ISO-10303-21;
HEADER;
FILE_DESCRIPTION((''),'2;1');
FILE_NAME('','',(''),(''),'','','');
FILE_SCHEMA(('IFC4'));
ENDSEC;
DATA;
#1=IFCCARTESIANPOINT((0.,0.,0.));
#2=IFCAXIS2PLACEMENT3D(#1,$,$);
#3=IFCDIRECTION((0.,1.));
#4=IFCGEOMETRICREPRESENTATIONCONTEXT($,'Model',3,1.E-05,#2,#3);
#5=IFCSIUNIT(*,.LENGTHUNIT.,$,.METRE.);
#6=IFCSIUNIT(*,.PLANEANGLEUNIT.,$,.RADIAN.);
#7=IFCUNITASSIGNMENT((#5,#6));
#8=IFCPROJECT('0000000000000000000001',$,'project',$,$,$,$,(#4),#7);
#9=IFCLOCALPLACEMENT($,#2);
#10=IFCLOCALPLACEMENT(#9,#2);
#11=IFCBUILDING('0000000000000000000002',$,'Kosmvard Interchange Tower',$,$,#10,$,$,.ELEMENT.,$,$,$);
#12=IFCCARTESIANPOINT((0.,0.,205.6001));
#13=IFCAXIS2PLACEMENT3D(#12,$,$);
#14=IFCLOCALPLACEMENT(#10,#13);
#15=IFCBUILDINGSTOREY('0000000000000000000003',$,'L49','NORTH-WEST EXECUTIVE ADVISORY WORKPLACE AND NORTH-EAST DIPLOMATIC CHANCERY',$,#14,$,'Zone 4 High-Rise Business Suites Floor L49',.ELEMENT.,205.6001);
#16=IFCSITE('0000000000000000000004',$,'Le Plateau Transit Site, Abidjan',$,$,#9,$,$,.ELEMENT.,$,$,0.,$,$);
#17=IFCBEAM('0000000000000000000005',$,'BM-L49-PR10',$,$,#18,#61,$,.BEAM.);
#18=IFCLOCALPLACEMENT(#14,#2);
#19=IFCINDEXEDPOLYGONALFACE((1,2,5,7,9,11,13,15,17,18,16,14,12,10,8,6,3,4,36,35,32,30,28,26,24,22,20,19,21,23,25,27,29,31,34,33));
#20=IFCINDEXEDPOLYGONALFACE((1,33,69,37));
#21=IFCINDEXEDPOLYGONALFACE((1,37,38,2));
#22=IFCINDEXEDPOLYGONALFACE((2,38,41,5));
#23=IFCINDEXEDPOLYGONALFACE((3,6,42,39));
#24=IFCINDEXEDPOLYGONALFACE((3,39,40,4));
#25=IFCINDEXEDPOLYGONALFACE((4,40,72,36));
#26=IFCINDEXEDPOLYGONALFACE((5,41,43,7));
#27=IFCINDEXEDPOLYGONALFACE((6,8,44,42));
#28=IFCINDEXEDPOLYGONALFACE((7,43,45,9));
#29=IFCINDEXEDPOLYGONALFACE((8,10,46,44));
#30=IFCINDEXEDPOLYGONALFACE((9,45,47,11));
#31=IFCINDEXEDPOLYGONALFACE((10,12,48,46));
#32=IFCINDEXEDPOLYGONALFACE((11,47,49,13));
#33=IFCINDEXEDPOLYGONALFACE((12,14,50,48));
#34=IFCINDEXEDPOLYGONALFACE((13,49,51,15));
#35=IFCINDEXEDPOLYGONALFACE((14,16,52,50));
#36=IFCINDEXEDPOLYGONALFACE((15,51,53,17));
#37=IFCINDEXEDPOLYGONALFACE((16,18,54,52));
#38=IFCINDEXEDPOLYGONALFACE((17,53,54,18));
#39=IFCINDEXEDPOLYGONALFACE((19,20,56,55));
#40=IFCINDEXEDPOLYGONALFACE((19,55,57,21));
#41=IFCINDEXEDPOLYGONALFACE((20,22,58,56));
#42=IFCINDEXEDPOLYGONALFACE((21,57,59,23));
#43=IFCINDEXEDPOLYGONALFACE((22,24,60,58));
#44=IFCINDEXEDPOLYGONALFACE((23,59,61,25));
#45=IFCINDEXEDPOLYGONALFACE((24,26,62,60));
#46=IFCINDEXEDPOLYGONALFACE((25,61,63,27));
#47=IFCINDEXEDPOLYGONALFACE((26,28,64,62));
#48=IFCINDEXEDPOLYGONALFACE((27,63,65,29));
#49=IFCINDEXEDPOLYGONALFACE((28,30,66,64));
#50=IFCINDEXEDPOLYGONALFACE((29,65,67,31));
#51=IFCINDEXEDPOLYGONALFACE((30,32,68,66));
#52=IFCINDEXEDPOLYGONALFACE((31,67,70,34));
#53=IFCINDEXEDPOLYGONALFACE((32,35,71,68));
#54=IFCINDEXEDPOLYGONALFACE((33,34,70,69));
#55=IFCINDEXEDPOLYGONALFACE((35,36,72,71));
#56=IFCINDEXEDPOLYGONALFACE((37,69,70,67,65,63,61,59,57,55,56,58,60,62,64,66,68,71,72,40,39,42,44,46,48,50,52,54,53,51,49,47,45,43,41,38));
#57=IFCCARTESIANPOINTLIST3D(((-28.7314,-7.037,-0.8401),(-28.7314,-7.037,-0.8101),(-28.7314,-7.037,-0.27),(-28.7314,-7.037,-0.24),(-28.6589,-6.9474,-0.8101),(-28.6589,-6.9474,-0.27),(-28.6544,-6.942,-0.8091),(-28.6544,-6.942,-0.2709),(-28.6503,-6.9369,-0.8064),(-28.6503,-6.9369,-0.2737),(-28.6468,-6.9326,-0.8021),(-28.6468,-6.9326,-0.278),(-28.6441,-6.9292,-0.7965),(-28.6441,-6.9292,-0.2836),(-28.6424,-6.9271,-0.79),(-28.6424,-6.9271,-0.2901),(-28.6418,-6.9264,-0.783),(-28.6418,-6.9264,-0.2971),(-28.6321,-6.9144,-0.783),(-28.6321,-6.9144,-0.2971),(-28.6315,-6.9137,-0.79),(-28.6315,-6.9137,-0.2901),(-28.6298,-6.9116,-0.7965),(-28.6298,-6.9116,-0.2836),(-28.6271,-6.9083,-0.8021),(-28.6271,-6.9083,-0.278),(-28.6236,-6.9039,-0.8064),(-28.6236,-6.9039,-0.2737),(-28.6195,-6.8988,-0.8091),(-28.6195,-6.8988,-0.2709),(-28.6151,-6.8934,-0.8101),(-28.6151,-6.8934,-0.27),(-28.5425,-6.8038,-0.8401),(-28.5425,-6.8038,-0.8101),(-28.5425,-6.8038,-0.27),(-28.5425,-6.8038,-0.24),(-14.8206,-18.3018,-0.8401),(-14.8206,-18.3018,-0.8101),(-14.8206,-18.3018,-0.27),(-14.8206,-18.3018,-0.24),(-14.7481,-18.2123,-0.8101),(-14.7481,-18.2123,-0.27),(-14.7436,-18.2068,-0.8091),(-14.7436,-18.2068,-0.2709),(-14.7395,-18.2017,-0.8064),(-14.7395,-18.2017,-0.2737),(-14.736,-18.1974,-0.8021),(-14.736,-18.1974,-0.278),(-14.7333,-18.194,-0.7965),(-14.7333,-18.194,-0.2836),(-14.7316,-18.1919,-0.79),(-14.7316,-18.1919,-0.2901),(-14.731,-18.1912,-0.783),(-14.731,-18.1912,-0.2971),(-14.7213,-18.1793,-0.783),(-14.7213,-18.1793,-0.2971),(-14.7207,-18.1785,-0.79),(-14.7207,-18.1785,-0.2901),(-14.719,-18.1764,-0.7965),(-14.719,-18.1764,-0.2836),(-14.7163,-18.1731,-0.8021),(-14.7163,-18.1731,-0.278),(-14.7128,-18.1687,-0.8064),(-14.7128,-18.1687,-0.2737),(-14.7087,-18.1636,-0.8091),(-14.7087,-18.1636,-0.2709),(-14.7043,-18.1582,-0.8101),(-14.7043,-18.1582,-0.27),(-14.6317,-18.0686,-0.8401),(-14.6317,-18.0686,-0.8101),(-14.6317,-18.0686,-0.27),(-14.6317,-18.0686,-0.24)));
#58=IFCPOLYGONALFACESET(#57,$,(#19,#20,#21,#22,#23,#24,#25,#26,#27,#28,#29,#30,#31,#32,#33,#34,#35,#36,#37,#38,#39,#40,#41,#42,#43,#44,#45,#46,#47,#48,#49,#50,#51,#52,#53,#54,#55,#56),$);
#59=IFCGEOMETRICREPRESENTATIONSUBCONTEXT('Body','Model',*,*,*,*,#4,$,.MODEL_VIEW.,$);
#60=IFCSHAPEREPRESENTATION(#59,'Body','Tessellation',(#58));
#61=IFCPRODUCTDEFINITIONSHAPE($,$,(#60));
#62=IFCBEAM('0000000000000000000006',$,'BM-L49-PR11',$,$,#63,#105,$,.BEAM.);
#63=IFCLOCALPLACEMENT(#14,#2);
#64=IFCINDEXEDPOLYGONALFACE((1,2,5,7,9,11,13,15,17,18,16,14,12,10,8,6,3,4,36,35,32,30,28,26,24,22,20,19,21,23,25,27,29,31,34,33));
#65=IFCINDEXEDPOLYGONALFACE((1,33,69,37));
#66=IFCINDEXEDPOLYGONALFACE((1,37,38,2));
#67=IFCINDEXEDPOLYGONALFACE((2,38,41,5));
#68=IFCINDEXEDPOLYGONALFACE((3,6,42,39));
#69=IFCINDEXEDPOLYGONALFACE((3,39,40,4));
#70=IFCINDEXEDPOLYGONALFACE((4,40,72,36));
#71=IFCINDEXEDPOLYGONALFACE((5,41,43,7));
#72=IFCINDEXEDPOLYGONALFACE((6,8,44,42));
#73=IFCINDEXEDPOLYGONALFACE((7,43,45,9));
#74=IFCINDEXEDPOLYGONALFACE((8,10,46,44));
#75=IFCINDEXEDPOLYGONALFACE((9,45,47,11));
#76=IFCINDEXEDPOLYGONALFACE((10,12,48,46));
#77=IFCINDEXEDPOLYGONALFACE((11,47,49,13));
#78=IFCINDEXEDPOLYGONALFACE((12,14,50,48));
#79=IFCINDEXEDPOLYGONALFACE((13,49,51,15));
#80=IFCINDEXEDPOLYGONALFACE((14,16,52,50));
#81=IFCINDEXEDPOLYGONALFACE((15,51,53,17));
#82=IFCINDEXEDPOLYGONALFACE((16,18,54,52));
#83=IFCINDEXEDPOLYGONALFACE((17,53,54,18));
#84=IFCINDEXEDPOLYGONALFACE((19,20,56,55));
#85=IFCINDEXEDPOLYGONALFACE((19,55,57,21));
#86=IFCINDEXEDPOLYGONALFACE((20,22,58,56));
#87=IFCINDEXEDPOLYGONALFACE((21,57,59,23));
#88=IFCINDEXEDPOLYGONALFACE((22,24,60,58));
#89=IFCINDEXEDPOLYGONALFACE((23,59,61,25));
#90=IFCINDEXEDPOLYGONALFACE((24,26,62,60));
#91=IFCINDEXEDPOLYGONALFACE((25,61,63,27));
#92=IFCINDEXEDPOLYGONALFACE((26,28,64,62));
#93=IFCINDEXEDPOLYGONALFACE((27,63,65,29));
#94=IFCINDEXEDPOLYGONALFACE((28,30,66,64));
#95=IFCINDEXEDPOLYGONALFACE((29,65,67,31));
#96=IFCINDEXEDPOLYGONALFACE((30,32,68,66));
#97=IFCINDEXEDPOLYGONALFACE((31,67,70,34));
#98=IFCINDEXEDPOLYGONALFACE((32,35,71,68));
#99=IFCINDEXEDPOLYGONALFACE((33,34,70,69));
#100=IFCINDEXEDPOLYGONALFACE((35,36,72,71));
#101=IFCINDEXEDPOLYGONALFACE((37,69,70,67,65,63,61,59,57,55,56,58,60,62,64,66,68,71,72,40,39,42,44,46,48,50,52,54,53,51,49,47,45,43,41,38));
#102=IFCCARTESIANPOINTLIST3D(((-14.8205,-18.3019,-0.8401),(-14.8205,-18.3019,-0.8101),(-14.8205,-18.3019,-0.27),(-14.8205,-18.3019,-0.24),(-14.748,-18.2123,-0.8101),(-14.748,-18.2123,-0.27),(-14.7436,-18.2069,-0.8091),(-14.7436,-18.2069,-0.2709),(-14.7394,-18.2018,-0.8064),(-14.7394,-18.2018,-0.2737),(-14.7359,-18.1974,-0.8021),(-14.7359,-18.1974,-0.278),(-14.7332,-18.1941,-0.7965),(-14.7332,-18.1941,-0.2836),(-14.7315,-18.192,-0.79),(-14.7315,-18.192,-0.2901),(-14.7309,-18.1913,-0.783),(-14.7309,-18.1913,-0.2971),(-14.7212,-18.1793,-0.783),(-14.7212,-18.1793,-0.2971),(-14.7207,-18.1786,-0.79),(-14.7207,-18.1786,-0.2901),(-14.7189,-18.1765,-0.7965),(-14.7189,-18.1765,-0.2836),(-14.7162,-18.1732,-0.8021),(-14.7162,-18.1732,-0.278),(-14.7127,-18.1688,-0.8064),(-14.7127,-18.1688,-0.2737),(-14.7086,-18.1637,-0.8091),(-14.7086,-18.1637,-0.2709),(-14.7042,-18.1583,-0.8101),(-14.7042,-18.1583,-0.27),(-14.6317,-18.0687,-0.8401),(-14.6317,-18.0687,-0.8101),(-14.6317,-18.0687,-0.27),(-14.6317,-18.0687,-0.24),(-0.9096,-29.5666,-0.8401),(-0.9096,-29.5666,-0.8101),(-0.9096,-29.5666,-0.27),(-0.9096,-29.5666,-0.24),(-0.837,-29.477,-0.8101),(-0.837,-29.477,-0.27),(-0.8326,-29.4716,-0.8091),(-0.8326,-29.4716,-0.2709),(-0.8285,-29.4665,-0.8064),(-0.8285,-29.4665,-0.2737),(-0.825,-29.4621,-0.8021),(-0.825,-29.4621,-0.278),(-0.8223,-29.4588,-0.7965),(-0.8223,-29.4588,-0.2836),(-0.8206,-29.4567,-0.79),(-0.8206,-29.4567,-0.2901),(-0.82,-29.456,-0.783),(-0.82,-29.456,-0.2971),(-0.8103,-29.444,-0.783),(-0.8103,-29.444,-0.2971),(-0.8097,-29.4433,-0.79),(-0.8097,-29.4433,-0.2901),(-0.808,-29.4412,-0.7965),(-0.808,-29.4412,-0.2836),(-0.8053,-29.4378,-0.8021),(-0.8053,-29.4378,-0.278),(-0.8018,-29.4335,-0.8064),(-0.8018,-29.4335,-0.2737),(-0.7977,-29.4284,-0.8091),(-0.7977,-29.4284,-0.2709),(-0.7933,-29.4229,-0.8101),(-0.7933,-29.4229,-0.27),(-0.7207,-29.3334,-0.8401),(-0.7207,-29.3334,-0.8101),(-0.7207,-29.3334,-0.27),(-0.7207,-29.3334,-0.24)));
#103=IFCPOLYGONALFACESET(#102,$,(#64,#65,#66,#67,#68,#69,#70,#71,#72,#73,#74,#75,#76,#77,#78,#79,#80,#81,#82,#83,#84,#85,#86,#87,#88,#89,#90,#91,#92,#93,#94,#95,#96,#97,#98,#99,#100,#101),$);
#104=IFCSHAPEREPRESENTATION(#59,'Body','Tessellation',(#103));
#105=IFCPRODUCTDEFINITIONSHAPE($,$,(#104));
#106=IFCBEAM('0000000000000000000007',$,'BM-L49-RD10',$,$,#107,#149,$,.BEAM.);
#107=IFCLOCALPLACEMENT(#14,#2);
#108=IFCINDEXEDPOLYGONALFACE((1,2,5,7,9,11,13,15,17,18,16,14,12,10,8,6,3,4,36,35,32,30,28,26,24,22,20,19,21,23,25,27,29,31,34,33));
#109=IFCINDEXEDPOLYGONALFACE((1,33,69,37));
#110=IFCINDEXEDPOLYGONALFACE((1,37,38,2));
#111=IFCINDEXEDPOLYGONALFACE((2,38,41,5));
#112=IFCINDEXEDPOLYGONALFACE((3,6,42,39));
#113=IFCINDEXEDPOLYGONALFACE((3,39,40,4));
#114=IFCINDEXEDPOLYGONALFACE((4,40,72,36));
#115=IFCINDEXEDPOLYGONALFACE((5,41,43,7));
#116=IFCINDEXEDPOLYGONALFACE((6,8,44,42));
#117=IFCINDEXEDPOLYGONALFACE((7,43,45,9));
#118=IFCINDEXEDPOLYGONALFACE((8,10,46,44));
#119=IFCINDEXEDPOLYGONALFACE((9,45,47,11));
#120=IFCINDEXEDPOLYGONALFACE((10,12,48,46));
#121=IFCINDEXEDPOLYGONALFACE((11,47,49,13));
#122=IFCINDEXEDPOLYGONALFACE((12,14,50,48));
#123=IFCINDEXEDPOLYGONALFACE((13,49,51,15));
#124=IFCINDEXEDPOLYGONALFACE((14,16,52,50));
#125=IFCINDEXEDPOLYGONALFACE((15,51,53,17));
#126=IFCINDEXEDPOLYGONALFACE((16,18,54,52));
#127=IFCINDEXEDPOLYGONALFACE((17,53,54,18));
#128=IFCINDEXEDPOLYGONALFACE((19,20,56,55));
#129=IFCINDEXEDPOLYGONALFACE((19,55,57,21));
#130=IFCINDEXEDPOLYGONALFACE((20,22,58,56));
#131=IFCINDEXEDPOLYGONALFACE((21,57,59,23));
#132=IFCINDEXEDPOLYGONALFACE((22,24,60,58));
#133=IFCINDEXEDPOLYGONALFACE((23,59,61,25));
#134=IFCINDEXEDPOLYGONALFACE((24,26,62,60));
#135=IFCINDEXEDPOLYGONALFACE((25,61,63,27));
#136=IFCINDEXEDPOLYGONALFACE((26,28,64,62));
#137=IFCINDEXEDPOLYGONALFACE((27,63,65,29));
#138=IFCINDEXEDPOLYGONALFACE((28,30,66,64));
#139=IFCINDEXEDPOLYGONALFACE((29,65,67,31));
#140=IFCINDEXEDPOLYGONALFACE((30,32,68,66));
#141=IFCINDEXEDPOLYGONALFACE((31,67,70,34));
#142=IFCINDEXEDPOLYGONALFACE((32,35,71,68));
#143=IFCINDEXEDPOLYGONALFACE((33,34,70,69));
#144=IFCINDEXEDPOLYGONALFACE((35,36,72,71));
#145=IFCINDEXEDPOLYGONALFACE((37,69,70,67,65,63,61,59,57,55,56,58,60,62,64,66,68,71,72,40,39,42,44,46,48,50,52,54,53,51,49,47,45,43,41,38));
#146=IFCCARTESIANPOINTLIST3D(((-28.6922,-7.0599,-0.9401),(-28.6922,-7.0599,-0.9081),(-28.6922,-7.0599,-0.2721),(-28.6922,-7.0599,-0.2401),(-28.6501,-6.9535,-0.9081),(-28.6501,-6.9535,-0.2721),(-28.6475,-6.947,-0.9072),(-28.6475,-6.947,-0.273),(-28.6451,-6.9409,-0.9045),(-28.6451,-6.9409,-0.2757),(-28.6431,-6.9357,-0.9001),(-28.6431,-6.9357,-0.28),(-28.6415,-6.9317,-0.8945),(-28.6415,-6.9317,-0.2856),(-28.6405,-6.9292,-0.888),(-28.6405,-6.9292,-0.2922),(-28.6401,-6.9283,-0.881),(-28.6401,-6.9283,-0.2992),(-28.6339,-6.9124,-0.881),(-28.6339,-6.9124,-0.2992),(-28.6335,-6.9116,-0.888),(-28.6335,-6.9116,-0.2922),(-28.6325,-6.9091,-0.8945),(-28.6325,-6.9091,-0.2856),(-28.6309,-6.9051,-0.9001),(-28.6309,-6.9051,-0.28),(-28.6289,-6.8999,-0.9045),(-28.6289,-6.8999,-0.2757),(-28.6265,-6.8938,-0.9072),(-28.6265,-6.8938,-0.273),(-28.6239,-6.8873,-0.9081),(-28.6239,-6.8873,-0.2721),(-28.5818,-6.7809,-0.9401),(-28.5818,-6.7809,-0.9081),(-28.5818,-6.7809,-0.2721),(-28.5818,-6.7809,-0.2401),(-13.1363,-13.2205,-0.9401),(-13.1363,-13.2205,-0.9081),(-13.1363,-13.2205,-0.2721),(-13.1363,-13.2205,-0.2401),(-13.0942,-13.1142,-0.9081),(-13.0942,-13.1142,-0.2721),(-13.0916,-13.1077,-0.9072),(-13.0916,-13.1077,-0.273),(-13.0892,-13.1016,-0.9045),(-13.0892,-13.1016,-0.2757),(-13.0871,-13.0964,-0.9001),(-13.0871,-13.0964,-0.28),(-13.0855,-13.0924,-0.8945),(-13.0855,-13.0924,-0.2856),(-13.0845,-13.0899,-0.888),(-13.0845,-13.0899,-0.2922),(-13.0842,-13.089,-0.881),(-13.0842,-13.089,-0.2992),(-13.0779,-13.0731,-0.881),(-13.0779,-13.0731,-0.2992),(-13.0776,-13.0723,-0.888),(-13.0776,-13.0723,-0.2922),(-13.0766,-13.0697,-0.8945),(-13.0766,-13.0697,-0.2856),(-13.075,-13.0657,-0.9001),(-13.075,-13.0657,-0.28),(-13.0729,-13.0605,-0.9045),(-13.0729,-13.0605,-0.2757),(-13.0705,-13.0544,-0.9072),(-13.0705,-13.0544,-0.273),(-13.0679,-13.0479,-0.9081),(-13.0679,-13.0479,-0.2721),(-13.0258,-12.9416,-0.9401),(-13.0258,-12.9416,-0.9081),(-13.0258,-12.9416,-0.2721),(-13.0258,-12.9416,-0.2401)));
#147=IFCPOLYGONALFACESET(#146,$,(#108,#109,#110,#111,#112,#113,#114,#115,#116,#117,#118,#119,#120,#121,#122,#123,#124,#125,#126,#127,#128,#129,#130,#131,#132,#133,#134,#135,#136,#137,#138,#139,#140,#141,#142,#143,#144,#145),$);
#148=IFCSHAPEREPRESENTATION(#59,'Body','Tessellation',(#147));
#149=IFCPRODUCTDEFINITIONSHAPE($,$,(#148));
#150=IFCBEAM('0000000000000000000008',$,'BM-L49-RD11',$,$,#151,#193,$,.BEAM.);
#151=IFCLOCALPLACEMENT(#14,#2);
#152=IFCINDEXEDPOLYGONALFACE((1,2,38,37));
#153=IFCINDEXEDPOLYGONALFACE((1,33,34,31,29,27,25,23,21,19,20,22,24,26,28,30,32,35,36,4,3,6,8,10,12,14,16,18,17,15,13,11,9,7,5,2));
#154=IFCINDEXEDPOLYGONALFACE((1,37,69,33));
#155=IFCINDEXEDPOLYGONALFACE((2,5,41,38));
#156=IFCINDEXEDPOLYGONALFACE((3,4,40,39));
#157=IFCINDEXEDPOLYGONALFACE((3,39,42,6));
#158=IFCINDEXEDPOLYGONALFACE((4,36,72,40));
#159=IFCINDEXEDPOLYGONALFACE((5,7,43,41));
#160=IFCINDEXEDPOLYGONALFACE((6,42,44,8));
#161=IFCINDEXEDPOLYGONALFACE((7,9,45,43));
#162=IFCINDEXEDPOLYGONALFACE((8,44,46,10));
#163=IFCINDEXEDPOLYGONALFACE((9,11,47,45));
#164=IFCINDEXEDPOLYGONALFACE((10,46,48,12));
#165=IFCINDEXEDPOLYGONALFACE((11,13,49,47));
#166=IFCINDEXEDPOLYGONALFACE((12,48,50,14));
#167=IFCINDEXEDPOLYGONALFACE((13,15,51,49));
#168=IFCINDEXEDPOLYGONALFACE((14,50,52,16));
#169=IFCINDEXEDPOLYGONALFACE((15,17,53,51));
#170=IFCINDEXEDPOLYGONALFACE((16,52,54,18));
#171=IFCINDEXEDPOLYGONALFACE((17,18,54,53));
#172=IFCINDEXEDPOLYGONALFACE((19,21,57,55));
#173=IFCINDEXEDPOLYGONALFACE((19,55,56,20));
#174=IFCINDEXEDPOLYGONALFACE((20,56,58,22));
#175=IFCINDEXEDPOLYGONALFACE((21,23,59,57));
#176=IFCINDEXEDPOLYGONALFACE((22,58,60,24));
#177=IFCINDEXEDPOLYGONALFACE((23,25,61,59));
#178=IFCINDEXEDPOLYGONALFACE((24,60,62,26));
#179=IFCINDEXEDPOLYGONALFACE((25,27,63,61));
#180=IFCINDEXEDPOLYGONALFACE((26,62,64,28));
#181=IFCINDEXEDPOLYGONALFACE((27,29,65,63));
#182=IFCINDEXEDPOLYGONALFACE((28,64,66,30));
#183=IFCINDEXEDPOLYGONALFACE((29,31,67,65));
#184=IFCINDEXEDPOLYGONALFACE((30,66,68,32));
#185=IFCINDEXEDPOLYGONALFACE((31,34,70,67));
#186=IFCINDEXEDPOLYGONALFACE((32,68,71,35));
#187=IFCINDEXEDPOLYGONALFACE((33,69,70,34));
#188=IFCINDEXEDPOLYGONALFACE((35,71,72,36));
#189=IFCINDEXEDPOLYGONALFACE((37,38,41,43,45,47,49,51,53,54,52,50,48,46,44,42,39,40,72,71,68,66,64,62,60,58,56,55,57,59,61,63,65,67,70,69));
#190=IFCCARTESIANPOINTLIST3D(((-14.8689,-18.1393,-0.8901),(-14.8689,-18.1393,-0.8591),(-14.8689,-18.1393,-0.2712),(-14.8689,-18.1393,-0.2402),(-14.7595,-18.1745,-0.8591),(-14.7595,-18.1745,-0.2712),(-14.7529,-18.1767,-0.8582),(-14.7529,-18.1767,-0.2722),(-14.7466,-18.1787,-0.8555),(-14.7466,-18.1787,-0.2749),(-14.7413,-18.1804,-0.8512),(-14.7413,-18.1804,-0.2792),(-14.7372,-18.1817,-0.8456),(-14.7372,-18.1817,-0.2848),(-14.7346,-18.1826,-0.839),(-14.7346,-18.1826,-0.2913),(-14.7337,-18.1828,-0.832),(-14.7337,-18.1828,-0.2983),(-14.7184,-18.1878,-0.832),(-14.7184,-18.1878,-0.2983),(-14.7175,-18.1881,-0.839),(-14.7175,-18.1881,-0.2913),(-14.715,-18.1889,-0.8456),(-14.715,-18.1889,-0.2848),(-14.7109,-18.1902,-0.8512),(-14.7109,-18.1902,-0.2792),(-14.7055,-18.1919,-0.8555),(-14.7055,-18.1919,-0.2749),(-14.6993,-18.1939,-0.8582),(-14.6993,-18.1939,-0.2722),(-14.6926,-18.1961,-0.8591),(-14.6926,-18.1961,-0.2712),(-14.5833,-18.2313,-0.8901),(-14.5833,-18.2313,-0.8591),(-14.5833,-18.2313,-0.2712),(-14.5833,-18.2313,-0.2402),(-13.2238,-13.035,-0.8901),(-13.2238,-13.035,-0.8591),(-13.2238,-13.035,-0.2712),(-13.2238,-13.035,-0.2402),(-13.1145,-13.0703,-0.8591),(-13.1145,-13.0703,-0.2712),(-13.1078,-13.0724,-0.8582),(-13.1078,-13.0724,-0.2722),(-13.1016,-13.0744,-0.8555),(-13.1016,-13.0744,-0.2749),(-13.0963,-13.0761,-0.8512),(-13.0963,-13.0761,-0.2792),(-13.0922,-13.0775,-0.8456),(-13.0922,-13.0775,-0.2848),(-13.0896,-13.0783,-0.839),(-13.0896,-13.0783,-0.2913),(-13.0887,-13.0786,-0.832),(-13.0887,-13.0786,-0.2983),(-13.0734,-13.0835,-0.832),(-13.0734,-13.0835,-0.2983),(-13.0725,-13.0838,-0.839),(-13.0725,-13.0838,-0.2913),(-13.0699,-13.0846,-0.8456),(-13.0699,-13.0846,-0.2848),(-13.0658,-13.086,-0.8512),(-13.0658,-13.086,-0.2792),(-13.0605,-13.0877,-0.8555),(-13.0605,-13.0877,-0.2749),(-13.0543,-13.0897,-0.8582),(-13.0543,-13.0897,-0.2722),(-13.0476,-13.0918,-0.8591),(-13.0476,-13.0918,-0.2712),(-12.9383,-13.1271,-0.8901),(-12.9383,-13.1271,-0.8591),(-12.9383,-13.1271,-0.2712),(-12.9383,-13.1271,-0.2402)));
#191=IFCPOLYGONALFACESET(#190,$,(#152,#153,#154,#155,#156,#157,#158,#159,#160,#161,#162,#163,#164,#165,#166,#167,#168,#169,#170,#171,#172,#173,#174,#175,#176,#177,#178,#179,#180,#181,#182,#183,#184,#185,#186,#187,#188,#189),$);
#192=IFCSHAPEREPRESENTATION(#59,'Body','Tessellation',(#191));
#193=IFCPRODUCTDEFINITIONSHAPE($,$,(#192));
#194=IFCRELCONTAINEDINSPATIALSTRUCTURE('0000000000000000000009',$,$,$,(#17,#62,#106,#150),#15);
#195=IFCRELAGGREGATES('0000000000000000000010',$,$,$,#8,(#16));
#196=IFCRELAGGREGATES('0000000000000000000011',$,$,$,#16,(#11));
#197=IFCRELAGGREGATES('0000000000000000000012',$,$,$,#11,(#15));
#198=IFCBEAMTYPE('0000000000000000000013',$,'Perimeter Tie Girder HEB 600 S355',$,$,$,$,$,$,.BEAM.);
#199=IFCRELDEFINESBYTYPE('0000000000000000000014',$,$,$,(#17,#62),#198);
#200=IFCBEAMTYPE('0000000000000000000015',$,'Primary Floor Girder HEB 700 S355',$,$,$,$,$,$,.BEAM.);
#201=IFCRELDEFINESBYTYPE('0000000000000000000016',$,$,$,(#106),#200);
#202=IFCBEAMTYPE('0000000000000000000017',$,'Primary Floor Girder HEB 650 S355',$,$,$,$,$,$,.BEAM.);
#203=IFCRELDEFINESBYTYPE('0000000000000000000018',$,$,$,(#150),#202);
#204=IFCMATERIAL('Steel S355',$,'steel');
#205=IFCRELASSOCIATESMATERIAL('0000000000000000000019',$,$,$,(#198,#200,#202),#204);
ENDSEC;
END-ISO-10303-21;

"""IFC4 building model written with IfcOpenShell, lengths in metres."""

from ifc_helpers import new_model, si_unit, direction, frame, origin, origin_2d, place, context, subcontext, project, spatial, i_section, extrude, source, transform, mapped, material, material_profile, profile_set, type_object, element, save


model = new_model("IFC4")

# Units and contexts
model_context = context("Model", 3, precision=1e-05, world=origin(), true_north=direction((0.0, 1.0)))
body_context = subcontext(model_context, "Body", "Model", "MODEL_VIEW")
ifc_project = project(units=[si_unit("LENGTHUNIT", "METRE"), si_unit("PLANEANGLEUNIT", "RADIAN")], contexts=[model_context])

# Site, building, storey
site_placement = place(None, origin())
site = spatial("IfcSite", under=ifc_project, at=site_placement, Name="Le Plateau Transit Site, Abidjan", CompositionType="ELEMENT", RefElevation=0.0)
building_placement = place(site_placement, origin())
building = spatial("IfcBuilding", under=site, at=building_placement, Name="Kosmvard Interchange Tower", CompositionType="ELEMENT")
storey_placement = place(building_placement, frame((0.0, 0.0, 205.6001)))
storey = spatial("IfcBuildingStorey", under=building, at=storey_placement, Name="L49", Description="NORTH-WEST EXECUTIVE ADVISORY WORKPLACE AND NORTH-EAST DIPLOMATIC CHANCERY", LongName="Zone 4 High-Rise Business Suites Floor L49", CompositionType="ELEMENT", Elevation=205.6001)

# Beams
ifc_material_1 = material(Name="Steel S355", Category="steel")
ifc_material_profile_1 = material_profile(ifc_material_1, i_section(OverallWidth=0.3, OverallDepth=0.6001, WebThickness=0.0154, FlangeThickness=0.03, FilletRadius=0.0271, at=origin_2d()), Name="HEB 600")
ifc_profile_set_1 = profile_set([ifc_material_profile_1], Name="Steel S355")
beam_type_1 = type_object("IfcBeamType", Name="Perimeter Tie Girder HEB 600 S355", PredefinedType="BEAM", material=ifc_profile_set_1)
shared_shape_1 = source(origin(), body_context, "Body", "SweptSolid", [
    extrude(i_section(OverallWidth=0.3, OverallDepth=0.6001, WebThickness=0.0154, FlangeThickness=0.03, FilletRadius=0.0271, at=origin_2d()), origin(), (0.0, 0.0, 1.0), 17.8999),
])
for number, where, z_axis, x_axis, name in (
    (1, (-28.637, -6.9204, -0.54), (0.777144, -0.629323, 0.0), (0.629323, 0.777144, 0.0), "BM-L49-PR10"),
    (2, (-14.7261, -18.1853, -0.54), (0.777151, -0.629315, 0.0), (0.629315, 0.777151, 0.0), "BM-L49-PR11"),
):
    element("IfcBeam", number, at=place(storey_placement, frame(where, z_axis=z_axis, x_axis=x_axis)), inside=storey, type_object=beam_type_1, Name=name, PredefinedType="BEAM", context=body_context, shape_type="MappedRepresentation", body=[
        mapped(shared_shape_1, transform((0.0, 0.0, 0.0), scale=1.0)),
    ])
ifc_material_profile_2 = material_profile(ifc_material_1, i_section(OverallWidth=0.3, OverallDepth=0.7, WebThickness=0.0171, FlangeThickness=0.032, FilletRadius=0.0271, at=origin_2d()), Name="HEB 700")
ifc_profile_set_2 = profile_set([ifc_material_profile_2], Name="Steel S355")
beam_type_2 = type_object("IfcBeamType", Name="Primary Floor Girder HEB 700 S355", PredefinedType="BEAM", material=ifc_profile_set_2)
shared_shape_2 = source(origin(), body_context, "Body", "SweptSolid", [
    extrude(i_section(OverallWidth=0.3, OverallDepth=0.7, WebThickness=0.0171, FlangeThickness=0.032, FilletRadius=0.0271, at=origin_2d()), origin(), (0.0, 0.0, 1.0), 16.7314),
])
beam_1_placement = place(storey_placement, frame((-13.0811, -13.0811, -0.5901), z_axis=(-0.929743, 0.368209, 0.0), x_axis=(-0.368209, -0.929743, 0.0)))
element("IfcBeam", 3, at=beam_1_placement, inside=storey, type_object=beam_type_2, Name="BM-L49-RD10", PredefinedType="BEAM", context=body_context, shape_type="MappedRepresentation", body=[
    mapped(shared_shape_2, transform((0.0, 0.0, 0.0), scale=1.0)),
])
ifc_material_profile_3 = material_profile(ifc_material_1, i_section(OverallWidth=0.3, OverallDepth=0.6499, WebThickness=0.0161, FlangeThickness=0.031, FilletRadius=0.0271, at=origin_2d()), Name="HEB 650")
ifc_profile_set_3 = profile_set([ifc_material_profile_3], Name="Steel S355")
beam_type_3 = type_object("IfcBeamType", Name="Primary Floor Girder HEB 650 S355", PredefinedType="BEAM", material=ifc_profile_set_3)
shared_shape_3 = source(origin(), body_context, "Body", "SweptSolid", [
    extrude(i_section(OverallWidth=0.3, OverallDepth=0.6499, WebThickness=0.0161, FlangeThickness=0.031, FilletRadius=0.0271, at=origin_2d()), origin(), (0.0, 0.0, 1.0), 5.3628),
])
beam_2_placement = place(storey_placement, frame((-13.0811, -13.0811, -0.5652), z_axis=(-0.306747, -0.951791, 0.0), x_axis=(0.951791, -0.306747, 0.0)))
element("IfcBeam", 4, at=beam_2_placement, inside=storey, type_object=beam_type_3, Name="BM-L49-RD11", PredefinedType="BEAM", context=body_context, shape_type="MappedRepresentation", body=[
    mapped(shared_shape_3, transform((0.0, 0.0, 0.0), scale=1.0)),
])

save(model, "model.ifc")
